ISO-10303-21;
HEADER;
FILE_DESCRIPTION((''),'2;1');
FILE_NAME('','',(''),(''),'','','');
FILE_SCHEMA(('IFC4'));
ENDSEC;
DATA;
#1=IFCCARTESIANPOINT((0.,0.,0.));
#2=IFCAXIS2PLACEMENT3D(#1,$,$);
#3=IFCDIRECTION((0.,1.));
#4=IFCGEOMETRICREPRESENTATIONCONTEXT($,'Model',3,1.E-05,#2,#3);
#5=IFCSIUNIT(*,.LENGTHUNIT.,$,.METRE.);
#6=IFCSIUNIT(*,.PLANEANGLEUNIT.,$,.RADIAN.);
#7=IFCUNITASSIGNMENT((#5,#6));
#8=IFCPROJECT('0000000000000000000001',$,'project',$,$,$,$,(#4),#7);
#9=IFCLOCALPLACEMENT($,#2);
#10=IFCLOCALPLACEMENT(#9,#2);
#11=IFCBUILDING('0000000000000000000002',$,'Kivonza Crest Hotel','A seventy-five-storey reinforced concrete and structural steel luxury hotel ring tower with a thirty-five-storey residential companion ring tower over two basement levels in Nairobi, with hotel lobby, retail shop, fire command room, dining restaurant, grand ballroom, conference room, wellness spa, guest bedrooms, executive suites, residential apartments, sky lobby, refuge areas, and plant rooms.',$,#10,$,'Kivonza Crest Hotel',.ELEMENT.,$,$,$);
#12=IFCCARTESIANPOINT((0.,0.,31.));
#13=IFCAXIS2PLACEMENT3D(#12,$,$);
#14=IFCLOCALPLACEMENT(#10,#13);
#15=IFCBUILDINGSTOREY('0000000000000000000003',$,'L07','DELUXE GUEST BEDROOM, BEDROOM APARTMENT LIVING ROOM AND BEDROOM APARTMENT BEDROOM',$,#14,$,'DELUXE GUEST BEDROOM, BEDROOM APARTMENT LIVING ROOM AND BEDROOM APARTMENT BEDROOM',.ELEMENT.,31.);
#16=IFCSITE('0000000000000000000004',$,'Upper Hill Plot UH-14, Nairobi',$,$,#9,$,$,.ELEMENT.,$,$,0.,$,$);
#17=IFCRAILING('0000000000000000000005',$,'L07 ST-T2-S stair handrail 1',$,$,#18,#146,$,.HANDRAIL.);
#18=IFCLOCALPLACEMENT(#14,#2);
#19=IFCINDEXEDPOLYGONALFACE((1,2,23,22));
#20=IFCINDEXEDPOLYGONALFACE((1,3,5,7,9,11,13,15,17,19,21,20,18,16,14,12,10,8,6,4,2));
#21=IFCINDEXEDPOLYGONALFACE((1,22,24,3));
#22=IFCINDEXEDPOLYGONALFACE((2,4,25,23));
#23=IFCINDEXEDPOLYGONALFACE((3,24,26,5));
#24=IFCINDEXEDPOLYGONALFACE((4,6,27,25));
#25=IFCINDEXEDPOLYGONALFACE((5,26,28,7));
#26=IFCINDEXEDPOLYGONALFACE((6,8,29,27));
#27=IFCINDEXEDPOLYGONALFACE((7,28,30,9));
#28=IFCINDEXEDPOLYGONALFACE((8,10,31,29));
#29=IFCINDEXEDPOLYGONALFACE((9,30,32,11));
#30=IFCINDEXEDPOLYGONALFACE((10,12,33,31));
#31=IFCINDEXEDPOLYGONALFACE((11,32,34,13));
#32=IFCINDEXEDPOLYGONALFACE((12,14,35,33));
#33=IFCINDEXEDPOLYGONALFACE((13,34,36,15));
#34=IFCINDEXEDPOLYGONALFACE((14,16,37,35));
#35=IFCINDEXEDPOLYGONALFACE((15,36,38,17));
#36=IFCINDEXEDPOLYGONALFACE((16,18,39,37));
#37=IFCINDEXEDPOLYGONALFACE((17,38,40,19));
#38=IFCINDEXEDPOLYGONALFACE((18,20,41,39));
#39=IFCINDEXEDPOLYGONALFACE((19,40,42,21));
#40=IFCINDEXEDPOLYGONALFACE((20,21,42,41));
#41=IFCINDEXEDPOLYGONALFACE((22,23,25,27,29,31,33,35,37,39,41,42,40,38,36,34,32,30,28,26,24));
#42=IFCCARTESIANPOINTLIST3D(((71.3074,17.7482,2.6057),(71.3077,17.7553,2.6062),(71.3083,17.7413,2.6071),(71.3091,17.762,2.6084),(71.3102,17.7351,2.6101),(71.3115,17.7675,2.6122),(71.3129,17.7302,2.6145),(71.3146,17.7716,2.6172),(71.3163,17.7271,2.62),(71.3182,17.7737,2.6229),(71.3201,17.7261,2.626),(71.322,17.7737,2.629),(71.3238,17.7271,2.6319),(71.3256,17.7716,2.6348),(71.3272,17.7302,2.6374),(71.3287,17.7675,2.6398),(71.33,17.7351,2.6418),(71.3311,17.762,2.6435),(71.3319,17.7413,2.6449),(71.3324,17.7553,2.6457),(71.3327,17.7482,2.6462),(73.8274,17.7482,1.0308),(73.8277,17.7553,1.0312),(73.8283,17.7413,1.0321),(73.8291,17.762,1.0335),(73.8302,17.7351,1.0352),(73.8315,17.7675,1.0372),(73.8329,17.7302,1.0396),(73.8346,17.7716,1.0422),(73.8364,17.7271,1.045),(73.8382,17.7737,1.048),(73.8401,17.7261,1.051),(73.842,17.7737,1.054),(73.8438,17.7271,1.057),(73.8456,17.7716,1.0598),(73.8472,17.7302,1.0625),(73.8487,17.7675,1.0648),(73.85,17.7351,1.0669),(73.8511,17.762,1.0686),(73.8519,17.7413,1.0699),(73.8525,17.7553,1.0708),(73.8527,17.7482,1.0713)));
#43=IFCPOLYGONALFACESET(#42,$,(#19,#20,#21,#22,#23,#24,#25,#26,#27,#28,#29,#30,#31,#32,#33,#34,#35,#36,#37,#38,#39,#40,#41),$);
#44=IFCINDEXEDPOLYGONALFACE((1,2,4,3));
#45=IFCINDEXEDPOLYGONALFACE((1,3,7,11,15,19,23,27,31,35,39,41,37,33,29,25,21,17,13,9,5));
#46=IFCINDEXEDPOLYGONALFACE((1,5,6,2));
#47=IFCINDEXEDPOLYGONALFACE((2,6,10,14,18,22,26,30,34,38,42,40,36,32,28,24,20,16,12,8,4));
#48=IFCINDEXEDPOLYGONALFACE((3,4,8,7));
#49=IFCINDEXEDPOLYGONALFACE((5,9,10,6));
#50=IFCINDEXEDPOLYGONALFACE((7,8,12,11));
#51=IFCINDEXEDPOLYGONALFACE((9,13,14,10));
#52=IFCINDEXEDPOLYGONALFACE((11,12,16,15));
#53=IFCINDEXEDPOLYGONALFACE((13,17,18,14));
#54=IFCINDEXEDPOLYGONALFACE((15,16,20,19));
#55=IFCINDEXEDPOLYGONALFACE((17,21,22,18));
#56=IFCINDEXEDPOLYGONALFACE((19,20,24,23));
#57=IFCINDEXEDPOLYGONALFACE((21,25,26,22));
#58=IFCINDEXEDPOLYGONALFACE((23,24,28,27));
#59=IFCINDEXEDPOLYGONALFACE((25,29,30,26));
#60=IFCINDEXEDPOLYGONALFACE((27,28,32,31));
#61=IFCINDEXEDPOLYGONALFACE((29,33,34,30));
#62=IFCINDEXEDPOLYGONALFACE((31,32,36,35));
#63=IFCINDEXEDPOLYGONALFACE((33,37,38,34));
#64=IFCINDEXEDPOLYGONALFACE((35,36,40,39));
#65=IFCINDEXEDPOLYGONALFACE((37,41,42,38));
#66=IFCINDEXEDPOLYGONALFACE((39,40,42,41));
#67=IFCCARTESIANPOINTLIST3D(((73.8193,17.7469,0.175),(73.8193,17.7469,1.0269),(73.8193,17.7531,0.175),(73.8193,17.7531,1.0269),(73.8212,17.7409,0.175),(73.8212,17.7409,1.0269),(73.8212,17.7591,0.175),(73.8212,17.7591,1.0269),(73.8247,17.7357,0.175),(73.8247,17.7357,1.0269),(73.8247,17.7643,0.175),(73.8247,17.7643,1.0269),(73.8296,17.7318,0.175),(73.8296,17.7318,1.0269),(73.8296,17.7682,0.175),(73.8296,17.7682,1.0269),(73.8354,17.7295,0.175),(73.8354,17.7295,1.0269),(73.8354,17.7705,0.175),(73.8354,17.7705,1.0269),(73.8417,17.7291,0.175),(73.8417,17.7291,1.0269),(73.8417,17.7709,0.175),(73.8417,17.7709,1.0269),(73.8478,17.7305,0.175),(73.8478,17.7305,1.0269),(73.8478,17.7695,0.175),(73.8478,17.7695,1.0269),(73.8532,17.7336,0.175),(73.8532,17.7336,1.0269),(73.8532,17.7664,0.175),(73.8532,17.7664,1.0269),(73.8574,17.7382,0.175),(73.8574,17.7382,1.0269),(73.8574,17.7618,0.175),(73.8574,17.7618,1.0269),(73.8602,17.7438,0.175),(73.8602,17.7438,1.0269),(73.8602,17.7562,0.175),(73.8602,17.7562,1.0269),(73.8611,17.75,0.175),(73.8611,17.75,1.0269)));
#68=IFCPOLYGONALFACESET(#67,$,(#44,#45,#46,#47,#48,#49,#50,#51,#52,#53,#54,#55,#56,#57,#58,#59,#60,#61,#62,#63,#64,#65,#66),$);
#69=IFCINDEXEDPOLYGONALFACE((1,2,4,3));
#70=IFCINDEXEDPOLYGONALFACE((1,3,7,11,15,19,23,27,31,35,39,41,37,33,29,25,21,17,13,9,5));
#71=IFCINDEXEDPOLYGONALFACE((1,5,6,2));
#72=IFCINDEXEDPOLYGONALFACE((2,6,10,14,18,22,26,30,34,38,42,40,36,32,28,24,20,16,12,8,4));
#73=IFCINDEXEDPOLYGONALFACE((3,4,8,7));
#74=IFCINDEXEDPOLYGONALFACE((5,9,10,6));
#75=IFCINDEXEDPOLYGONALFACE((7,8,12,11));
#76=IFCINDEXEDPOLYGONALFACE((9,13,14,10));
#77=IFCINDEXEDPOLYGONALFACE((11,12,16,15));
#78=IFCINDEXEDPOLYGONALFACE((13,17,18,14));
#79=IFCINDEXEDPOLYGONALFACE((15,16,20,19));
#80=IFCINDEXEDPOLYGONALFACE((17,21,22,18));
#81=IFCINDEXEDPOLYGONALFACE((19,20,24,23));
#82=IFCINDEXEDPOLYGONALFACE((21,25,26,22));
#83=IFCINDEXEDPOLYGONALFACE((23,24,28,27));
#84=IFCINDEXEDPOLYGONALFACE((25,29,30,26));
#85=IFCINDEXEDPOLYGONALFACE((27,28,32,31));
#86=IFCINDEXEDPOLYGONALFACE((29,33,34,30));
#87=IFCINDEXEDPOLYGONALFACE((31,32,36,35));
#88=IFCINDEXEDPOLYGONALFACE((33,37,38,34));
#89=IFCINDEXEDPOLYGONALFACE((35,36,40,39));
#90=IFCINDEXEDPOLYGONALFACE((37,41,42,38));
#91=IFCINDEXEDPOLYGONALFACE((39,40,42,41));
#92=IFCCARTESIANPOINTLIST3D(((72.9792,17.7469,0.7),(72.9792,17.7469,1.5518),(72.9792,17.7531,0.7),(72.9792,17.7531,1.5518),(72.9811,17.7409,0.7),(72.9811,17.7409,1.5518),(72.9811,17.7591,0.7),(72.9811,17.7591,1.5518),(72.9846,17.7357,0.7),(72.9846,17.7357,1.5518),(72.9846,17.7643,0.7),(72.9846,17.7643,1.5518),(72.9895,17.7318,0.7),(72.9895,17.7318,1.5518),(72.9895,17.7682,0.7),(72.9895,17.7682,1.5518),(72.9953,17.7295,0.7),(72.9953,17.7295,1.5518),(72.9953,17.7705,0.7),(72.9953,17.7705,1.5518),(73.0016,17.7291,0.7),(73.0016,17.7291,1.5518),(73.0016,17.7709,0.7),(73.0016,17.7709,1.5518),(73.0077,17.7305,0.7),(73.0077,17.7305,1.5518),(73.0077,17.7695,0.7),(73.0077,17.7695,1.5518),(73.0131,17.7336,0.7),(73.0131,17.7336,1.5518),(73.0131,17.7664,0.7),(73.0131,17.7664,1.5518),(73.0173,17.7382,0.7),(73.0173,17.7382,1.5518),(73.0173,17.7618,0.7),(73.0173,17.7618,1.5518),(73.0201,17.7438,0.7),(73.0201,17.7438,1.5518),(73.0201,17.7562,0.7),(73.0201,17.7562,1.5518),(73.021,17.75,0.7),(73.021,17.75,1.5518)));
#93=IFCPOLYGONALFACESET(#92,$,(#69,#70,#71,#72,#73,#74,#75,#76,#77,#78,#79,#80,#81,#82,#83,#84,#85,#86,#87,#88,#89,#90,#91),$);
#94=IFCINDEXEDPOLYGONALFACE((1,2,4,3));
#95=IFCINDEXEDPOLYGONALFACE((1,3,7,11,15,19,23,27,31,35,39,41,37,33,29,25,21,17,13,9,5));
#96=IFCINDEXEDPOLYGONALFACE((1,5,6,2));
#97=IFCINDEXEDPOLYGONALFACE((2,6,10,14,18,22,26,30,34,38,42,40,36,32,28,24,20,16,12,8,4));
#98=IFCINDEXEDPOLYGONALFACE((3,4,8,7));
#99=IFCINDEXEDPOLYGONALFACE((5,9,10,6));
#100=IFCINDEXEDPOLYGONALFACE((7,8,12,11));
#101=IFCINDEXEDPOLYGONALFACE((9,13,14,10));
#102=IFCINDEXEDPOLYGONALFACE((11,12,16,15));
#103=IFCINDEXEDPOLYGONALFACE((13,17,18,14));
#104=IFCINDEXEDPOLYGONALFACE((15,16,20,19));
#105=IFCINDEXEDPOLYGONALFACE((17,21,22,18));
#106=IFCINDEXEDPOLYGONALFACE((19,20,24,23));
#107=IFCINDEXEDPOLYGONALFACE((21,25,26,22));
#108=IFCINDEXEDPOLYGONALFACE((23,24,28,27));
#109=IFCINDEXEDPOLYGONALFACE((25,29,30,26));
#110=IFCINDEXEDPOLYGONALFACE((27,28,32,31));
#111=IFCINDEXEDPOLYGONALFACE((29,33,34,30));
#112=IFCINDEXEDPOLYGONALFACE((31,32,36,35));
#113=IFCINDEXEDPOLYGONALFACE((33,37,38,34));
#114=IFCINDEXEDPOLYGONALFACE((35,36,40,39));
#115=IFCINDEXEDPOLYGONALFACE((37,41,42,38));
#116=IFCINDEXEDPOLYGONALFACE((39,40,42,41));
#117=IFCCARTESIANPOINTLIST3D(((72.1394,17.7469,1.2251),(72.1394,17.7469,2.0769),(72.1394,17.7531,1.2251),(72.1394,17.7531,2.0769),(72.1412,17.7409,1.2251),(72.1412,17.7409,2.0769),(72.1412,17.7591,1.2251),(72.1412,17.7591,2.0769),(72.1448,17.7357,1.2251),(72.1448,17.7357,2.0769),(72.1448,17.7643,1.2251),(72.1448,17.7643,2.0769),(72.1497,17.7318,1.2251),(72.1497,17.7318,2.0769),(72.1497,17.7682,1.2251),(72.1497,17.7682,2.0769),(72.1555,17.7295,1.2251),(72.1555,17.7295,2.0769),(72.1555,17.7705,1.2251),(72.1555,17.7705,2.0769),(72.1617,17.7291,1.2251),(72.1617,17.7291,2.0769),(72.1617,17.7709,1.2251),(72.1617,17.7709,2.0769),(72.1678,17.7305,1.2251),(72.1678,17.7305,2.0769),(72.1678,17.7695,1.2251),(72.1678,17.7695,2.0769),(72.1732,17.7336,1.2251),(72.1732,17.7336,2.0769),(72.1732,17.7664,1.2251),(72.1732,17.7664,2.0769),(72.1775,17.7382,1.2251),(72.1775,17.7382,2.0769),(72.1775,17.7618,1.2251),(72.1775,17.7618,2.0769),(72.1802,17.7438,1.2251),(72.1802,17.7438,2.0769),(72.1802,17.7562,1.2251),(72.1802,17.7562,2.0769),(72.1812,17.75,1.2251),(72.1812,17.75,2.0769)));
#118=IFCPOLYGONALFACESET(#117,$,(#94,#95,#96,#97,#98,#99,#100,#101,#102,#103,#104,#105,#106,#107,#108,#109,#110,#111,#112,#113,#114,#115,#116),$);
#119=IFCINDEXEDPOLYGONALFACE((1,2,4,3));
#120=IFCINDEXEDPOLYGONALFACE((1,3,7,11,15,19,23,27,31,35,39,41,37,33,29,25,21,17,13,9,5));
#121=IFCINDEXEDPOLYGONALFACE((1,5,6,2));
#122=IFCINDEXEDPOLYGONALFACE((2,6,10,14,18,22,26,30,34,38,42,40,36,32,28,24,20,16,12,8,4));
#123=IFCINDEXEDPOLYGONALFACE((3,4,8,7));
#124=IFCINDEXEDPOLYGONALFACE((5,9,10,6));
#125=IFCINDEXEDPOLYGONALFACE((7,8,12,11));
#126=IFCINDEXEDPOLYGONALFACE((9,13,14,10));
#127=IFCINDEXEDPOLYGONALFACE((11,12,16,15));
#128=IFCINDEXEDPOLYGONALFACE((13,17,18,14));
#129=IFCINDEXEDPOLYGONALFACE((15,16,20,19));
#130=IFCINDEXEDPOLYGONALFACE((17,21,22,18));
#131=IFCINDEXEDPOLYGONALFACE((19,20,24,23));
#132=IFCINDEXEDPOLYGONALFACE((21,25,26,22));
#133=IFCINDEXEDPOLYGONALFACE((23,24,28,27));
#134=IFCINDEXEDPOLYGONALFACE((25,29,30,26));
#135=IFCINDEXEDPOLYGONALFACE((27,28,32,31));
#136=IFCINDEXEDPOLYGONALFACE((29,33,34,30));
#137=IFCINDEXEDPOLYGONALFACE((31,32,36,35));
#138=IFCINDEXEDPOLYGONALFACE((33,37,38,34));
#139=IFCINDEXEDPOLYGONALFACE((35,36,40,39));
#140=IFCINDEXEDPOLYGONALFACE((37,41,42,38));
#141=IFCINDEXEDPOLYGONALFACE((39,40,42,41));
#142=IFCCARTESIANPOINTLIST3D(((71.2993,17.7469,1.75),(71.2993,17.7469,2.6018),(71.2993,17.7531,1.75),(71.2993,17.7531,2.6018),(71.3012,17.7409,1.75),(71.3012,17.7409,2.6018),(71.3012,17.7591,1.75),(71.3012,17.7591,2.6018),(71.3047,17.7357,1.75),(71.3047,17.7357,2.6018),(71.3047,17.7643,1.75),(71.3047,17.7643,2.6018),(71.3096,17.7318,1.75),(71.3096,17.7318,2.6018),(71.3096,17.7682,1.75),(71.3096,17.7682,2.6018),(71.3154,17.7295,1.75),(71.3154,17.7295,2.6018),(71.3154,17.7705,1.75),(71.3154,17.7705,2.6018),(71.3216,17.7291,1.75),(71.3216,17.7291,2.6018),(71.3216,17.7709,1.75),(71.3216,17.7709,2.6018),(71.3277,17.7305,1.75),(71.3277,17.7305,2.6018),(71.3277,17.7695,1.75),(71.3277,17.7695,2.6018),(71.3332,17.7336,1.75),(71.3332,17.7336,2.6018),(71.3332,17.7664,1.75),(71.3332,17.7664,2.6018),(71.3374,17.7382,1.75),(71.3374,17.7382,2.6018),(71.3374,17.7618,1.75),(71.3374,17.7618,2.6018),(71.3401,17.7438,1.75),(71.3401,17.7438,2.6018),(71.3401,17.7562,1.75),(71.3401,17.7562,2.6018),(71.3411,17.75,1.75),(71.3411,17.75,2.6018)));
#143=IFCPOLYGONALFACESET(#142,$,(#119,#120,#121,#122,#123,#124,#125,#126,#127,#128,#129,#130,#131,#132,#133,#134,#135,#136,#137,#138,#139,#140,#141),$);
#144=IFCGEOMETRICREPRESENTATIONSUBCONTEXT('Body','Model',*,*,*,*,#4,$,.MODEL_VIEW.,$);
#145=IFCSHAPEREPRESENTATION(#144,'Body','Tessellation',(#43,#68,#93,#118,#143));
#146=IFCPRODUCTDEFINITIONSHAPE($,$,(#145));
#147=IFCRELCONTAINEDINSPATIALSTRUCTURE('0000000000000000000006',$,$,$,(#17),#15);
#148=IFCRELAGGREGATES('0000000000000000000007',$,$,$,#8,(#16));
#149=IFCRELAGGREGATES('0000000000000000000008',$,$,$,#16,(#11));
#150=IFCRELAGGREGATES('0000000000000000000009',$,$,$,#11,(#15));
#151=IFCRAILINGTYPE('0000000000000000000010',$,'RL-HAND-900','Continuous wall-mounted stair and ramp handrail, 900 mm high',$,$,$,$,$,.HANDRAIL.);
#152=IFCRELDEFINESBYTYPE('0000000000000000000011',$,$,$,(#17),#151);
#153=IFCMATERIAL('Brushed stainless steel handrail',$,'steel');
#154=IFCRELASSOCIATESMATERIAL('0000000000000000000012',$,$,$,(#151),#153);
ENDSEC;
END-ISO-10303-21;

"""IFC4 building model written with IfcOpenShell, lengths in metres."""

from ifc_helpers import new_model, si_unit, direction, frame, origin, origin_2d, place, context, subcontext, project, spatial, circle, extrude, material, type_object, element, save


model = new_model("IFC4")

# Units and contexts
model_context = context("Model", 3, precision=1e-05, world=origin(), true_north=direction((0.0, 1.0)))
body_context = subcontext(model_context, "Body", "Model", "MODEL_VIEW")
ifc_project = project(units=[si_unit("LENGTHUNIT", "METRE"), si_unit("PLANEANGLEUNIT", "RADIAN")], contexts=[model_context])

# Site, building, storey
site_placement = place(None, origin())
site = spatial("IfcSite", under=ifc_project, at=site_placement, Name="Upper Hill Plot UH-14, Nairobi", CompositionType="ELEMENT", RefElevation=0.0)
building_placement = place(site_placement, origin())
building = spatial("IfcBuilding", under=site, at=building_placement, Name="Kivonza Crest Hotel", Description="A seventy-five-storey reinforced concrete and structural steel luxury hotel ring tower with a thirty-five-storey residential companion ring tower over two basement levels in Nairobi, with hotel lobby, retail shop, fire command room, dining restaurant, grand ballroom, conference room, wellness spa, guest bedrooms, executive suites, residential apartments, sky lobby, refuge areas, and plant rooms.", LongName="Kivonza Crest Hotel", CompositionType="ELEMENT")
storey_placement = place(building_placement, frame((0.0, 0.0, 31.0)))
storey = spatial("IfcBuildingStorey", under=building, at=storey_placement, Name="L07", Description="DELUXE GUEST BEDROOM, BEDROOM APARTMENT LIVING ROOM AND BEDROOM APARTMENT BEDROOM", LongName="DELUXE GUEST BEDROOM, BEDROOM APARTMENT LIVING ROOM AND BEDROOM APARTMENT BEDROOM", CompositionType="ELEMENT", Elevation=31.0)

# Railing
ifc_material_1 = material(Name="Brushed stainless steel handrail", Category="steel")
railing_type_1 = type_object("IfcRailingType", Name="RL-HAND-900", Description="Continuous wall-mounted stair and ramp handrail, 900 mm high", PredefinedType="HANDRAIL", material=ifc_material_1)
railing_1_placement = place(storey_placement, frame((73.8401, 17.75, 0.175)))
element("IfcRailing", 1, at=railing_1_placement, inside=storey, type_object=railing_type_1, Name="L07 ST-T2-S stair handrail 1", PredefinedType="HANDRAIL", context=body_context, shape_type="SweptSolid", body=[
    extrude(circle(Radius=0.0239, at=origin_2d()), frame((0.0, 0.0, 0.876), z_axis=(-0.848008, 0.0, 0.529984), x_axis=(0.0, -1.0, 0.0)), (0.0, 0.0, 1.0), 2.9717),
    extrude(circle(Radius=0.021, at=origin_2d()), origin(), (0.0, 0.0, 1.0), 0.8518),
    extrude(circle(Radius=0.021, at=origin_2d()), frame((-0.8401, 0.0, 0.5249)), (0.0, 0.0, 1.0), 0.8518),
    extrude(circle(Radius=0.021, at=origin_2d()), frame((-1.6799, 0.0, 1.05)), (0.0, 0.0, 1.0), 0.8518),
    extrude(circle(Radius=0.021, at=origin_2d()), frame((-2.52, 0.0, 1.575)), (0.0, 0.0, 1.0), 0.8518),
])

save(model, "model.ifc")
